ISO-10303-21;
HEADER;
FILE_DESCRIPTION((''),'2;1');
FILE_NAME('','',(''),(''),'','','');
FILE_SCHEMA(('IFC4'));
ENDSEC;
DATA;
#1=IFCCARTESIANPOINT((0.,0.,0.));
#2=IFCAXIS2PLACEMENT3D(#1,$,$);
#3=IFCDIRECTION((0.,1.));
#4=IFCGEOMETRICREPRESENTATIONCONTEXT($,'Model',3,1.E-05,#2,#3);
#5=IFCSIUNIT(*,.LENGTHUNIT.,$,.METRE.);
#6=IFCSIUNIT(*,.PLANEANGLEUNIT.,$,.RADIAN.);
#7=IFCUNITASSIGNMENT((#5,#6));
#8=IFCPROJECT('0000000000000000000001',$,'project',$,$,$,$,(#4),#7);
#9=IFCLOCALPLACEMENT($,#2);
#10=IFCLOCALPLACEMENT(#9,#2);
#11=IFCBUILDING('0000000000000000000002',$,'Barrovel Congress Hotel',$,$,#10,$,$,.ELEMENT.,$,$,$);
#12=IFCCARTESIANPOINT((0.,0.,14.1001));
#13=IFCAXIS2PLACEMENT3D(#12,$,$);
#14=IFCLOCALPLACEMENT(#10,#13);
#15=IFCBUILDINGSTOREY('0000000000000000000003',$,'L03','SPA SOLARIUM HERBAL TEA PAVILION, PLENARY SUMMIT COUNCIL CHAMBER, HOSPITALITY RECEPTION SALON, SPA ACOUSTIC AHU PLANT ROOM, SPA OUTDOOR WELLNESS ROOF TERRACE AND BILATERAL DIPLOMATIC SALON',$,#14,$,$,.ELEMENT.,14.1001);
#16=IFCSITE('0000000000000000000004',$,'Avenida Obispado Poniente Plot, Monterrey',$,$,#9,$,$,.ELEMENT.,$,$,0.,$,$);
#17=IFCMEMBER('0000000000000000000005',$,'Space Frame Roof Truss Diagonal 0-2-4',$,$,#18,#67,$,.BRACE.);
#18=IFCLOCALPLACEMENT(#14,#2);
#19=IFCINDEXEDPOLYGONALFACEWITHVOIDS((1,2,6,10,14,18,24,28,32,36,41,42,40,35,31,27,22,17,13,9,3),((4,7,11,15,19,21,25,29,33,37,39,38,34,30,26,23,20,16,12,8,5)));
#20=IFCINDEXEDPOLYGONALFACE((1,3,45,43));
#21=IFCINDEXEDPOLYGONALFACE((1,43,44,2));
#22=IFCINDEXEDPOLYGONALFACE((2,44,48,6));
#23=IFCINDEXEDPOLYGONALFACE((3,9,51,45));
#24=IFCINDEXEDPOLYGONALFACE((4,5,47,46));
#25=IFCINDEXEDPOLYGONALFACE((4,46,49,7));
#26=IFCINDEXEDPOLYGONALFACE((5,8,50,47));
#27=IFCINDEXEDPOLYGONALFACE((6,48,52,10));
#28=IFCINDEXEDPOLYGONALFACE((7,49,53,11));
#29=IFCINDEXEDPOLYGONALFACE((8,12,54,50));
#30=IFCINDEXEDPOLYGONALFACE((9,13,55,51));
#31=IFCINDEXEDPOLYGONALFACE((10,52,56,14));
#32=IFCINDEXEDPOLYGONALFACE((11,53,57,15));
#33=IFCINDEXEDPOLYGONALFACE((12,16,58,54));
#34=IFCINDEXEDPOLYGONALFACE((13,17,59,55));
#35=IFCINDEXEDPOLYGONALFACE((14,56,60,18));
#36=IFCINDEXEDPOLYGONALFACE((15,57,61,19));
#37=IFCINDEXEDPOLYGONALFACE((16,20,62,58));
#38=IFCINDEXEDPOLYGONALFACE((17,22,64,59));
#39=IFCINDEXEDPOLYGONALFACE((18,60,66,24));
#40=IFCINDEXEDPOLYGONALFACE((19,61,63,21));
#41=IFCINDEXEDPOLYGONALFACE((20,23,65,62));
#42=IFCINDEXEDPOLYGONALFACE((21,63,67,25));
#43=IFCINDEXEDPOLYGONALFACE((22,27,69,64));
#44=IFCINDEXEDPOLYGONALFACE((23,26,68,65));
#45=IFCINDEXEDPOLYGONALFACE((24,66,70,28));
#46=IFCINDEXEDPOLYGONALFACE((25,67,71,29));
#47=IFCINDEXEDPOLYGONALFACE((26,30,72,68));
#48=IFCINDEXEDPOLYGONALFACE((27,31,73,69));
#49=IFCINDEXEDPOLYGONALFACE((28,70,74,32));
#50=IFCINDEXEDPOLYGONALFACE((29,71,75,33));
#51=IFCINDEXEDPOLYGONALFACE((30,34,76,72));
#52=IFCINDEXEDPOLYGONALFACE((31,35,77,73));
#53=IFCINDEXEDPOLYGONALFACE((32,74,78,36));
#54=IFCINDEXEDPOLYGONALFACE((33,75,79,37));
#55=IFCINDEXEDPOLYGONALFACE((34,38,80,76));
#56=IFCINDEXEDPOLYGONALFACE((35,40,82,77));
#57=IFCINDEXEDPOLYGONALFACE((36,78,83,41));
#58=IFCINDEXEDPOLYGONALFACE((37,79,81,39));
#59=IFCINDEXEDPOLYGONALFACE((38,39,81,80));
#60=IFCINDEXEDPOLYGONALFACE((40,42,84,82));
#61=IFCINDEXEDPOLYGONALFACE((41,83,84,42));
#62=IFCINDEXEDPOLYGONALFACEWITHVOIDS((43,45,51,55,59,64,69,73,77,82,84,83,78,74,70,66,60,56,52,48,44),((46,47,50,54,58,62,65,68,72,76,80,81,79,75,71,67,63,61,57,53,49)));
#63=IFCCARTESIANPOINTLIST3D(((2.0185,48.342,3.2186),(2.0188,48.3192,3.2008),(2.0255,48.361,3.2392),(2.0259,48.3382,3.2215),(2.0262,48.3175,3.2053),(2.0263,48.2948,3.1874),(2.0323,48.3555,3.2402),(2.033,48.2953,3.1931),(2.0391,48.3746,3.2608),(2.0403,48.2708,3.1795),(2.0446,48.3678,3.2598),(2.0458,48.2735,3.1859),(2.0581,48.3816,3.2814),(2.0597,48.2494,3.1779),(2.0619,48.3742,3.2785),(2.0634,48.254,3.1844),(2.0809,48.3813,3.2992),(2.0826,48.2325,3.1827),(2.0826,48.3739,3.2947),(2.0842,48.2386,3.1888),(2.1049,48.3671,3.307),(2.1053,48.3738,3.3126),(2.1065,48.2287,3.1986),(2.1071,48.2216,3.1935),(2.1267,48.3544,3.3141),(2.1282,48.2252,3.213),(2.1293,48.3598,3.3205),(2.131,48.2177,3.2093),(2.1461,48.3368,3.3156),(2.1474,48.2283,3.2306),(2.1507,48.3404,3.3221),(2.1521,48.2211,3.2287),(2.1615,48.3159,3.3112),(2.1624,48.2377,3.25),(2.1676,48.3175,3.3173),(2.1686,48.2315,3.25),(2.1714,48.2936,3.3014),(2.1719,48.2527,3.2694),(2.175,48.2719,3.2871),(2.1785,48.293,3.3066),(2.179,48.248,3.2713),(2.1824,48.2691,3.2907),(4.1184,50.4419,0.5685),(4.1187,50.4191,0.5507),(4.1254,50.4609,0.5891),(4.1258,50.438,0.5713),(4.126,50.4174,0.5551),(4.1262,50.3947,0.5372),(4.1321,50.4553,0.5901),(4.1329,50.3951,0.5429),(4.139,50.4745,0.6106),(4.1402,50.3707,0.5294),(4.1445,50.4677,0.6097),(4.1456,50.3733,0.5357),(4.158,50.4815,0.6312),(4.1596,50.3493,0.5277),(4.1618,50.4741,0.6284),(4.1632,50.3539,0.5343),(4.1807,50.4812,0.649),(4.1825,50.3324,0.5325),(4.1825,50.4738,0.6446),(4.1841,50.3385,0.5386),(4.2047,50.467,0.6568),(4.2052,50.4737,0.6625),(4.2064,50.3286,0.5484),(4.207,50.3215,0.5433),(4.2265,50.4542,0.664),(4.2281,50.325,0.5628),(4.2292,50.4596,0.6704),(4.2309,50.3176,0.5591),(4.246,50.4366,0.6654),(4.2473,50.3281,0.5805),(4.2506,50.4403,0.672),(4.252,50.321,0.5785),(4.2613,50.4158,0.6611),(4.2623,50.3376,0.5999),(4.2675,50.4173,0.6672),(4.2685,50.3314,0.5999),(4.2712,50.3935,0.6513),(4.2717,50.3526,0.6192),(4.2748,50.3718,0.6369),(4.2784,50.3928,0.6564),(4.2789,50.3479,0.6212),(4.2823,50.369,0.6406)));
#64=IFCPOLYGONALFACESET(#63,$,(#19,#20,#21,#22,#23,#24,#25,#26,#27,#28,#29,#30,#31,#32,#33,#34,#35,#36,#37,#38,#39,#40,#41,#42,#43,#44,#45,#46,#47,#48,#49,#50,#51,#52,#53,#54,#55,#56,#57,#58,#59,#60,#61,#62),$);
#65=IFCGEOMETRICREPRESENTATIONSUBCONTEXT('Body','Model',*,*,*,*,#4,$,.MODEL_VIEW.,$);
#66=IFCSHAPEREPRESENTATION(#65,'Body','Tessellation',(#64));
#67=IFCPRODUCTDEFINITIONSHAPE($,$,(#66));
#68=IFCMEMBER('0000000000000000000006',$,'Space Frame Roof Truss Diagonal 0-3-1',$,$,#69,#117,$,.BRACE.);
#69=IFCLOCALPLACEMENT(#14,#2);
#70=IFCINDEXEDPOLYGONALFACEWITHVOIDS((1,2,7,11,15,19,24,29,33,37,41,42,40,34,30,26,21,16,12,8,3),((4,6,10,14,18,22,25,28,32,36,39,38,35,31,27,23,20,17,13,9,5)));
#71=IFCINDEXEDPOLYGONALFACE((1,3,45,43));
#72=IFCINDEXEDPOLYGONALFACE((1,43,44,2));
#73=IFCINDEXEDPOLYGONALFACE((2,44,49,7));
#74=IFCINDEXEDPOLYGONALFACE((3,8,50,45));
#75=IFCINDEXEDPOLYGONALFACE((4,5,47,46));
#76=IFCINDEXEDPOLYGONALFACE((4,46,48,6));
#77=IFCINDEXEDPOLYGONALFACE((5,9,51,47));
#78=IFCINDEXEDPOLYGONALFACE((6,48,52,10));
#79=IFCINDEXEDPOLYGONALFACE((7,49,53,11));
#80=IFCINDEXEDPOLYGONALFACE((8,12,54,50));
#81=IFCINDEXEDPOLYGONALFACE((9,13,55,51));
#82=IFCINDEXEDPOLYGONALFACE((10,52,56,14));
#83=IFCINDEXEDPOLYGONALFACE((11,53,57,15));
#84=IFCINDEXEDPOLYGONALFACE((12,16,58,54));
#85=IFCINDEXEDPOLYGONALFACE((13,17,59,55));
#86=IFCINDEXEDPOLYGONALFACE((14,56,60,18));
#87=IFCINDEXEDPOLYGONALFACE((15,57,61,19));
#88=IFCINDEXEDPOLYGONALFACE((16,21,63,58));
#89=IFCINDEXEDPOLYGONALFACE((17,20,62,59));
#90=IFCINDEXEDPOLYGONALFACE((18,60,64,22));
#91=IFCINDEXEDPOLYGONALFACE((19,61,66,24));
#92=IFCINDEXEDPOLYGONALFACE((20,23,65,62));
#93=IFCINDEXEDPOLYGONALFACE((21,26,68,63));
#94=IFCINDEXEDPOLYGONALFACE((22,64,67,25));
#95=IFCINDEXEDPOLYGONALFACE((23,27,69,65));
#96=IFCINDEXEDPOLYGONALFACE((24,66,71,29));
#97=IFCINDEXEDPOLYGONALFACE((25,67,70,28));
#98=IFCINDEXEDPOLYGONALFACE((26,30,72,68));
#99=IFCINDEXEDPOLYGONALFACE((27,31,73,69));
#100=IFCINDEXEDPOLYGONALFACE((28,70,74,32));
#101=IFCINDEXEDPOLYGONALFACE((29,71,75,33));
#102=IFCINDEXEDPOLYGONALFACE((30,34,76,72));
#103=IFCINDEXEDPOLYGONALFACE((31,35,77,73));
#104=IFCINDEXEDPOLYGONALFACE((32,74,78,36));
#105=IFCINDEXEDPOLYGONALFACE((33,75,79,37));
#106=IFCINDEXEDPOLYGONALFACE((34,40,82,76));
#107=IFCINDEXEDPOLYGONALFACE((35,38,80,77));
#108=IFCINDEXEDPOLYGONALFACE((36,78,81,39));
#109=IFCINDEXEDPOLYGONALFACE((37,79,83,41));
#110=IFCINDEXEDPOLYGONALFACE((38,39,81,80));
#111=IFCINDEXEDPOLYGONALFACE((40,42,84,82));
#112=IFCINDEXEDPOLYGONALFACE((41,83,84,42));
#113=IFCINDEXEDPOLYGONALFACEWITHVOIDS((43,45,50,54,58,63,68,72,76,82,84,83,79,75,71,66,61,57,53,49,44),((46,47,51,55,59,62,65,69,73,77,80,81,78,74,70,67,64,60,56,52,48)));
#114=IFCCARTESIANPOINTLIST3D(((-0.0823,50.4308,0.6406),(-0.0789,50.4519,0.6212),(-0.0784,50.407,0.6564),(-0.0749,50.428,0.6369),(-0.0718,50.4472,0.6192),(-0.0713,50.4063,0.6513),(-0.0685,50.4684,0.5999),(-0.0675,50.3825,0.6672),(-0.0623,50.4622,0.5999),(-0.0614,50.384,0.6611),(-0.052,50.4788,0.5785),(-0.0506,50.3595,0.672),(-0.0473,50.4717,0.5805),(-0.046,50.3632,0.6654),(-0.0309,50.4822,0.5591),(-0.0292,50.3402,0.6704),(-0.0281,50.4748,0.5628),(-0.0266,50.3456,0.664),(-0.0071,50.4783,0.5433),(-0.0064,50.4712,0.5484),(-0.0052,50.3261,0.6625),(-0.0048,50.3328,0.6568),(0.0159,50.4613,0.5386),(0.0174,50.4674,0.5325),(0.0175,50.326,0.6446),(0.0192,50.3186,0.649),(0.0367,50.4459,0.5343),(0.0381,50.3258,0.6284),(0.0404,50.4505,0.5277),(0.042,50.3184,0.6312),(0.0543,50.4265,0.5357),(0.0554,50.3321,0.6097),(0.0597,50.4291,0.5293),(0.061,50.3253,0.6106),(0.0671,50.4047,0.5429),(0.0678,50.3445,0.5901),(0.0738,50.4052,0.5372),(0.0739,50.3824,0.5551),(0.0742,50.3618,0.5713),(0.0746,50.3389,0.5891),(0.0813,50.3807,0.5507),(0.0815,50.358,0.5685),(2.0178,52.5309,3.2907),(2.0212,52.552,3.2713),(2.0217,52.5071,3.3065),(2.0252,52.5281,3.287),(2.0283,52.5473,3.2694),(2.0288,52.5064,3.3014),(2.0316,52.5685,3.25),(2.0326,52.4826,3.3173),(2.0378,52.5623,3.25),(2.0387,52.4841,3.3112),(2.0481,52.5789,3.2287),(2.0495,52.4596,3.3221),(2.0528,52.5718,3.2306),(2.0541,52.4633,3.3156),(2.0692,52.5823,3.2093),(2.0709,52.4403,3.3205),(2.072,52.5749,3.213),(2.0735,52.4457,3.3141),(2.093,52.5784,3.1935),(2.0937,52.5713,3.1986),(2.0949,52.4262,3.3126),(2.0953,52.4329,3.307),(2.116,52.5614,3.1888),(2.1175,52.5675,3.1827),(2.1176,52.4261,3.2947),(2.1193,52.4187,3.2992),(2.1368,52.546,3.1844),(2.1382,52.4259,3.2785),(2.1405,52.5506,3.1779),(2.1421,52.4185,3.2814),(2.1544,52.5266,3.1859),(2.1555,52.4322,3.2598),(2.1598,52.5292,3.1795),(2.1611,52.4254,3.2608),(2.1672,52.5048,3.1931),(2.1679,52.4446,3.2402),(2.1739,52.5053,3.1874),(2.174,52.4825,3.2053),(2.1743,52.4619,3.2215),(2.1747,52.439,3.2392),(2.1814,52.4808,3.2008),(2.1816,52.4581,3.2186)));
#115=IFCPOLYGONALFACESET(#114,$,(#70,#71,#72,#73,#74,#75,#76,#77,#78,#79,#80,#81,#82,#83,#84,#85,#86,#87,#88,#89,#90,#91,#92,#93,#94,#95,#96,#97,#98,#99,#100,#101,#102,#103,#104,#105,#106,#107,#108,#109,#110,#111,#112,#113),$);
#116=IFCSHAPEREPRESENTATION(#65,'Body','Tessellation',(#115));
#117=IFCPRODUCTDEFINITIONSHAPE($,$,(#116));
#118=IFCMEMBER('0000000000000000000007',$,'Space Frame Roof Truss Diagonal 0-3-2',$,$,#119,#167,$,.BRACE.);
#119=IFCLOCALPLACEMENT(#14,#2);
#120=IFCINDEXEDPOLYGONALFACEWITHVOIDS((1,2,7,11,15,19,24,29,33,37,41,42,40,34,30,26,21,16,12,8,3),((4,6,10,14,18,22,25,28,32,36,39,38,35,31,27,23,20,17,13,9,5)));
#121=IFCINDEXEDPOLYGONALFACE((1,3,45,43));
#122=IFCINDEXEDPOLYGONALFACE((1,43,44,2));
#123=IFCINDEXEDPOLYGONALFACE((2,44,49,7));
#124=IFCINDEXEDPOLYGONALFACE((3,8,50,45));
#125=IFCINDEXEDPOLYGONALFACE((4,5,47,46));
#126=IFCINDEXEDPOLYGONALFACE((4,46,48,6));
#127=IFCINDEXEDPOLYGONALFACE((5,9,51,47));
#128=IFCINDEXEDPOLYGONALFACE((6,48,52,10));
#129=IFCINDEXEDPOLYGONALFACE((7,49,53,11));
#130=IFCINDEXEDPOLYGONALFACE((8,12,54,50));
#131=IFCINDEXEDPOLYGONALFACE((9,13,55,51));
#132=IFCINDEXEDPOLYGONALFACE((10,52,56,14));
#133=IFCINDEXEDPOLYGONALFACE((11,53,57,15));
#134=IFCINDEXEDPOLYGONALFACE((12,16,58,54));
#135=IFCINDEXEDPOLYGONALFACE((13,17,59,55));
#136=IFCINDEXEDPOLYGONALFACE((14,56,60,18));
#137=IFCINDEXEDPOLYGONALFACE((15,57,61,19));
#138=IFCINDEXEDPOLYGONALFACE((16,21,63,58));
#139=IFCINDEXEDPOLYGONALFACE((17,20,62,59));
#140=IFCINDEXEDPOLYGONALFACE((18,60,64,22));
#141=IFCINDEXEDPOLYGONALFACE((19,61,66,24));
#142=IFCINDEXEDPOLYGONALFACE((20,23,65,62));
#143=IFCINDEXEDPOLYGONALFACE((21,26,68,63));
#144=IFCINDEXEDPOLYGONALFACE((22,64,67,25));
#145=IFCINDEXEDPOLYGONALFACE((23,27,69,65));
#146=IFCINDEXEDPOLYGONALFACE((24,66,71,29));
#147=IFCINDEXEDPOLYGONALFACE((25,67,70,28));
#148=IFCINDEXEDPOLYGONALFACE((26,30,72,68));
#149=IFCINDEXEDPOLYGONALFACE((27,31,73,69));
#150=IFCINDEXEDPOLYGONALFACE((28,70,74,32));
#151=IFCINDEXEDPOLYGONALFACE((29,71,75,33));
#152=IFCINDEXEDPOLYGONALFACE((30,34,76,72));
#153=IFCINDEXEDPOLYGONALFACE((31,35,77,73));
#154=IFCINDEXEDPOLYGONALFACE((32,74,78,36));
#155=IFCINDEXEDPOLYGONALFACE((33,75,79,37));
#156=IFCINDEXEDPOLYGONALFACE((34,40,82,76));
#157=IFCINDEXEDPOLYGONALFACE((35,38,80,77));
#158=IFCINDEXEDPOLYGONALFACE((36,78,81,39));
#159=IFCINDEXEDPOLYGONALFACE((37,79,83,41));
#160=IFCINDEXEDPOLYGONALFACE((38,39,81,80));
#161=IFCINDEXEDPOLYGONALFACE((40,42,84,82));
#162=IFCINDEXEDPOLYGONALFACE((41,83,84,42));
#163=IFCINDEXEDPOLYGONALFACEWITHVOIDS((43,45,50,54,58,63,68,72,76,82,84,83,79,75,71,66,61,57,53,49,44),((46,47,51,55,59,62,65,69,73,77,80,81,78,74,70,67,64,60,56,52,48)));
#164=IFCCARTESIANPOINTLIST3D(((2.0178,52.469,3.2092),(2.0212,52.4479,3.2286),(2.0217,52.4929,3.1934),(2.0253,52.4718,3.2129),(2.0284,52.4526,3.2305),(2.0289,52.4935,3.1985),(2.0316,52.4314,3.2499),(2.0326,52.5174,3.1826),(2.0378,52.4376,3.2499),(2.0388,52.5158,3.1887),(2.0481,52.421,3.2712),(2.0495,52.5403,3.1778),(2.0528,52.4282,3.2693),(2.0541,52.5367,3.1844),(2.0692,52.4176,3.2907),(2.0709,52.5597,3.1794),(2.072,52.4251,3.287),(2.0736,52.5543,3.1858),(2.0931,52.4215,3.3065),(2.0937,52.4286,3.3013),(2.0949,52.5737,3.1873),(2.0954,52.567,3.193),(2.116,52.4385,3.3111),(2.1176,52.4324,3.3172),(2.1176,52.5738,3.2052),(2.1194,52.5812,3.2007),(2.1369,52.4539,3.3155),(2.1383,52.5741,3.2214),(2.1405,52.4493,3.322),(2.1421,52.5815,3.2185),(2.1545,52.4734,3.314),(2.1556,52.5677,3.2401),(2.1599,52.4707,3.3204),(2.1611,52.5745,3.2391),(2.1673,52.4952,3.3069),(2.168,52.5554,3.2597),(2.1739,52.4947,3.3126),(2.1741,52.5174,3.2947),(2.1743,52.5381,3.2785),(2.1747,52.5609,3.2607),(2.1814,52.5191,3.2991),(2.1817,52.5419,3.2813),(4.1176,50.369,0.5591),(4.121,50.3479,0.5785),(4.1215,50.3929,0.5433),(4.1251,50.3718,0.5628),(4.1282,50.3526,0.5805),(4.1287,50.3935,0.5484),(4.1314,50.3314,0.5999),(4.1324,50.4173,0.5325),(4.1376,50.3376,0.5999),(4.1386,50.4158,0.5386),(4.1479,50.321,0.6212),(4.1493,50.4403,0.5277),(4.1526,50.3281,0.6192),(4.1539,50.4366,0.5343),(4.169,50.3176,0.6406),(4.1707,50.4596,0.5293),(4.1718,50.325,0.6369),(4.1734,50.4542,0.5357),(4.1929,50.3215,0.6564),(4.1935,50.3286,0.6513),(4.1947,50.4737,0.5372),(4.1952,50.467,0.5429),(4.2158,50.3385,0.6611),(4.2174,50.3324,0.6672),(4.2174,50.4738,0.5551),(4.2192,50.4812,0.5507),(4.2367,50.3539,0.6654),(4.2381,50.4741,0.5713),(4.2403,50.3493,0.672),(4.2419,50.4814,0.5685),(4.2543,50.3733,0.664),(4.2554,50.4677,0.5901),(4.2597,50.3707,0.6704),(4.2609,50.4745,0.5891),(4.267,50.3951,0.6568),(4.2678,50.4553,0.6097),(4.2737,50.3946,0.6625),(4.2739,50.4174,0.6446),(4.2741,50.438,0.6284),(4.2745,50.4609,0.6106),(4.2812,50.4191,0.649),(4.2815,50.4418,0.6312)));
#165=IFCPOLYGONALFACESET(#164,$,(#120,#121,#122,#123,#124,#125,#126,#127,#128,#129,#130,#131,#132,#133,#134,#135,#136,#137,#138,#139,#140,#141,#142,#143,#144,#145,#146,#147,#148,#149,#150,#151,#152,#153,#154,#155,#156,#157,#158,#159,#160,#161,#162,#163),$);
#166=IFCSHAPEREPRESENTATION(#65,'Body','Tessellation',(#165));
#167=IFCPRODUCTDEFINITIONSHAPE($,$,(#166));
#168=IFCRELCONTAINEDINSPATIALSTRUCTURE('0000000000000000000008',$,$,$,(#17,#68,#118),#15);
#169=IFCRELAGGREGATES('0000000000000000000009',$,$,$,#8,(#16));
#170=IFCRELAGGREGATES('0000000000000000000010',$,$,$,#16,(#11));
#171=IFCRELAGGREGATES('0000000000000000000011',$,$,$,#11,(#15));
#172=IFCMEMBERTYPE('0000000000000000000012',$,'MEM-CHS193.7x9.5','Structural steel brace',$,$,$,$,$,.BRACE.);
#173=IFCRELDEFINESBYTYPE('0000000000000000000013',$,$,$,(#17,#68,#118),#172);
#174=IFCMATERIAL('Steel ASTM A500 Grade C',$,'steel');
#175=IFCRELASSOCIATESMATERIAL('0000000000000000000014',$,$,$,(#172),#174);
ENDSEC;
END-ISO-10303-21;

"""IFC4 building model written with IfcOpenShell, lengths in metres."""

from ifc_helpers import new_model, si_unit, direction, frame, origin, origin_2d, place, context, subcontext, project, spatial, hollow_circle, extrude, material, material_profile, profile_set, type_object, element, save


model = new_model("IFC4")

# Units and contexts
model_context = context("Model", 3, precision=1e-05, world=origin(), true_north=direction((0.0, 1.0)))
body_context = subcontext(model_context, "Body", "Model", "MODEL_VIEW")
ifc_project = project(units=[si_unit("LENGTHUNIT", "METRE"), si_unit("PLANEANGLEUNIT", "RADIAN")], contexts=[model_context])

# Site, building, storey
site_placement = place(None, origin())
site = spatial("IfcSite", under=ifc_project, at=site_placement, Name="Avenida Obispado Poniente Plot, Monterrey", CompositionType="ELEMENT", RefElevation=0.0)
building_placement = place(site_placement, origin())
building = spatial("IfcBuilding", under=site, at=building_placement, Name="Barrovel Congress Hotel", CompositionType="ELEMENT")
storey_placement = place(building_placement, frame((0.0, 0.0, 14.1001)))
storey = spatial("IfcBuildingStorey", under=building, at=storey_placement, Name="L03", Description="SPA SOLARIUM HERBAL TEA PAVILION, PLENARY SUMMIT COUNCIL CHAMBER, HOSPITALITY RECEPTION SALON, SPA ACOUSTIC AHU PLANT ROOM, SPA OUTDOOR WELLNESS ROOF TERRACE AND BILATERAL DIPLOMATIC SALON", CompositionType="ELEMENT", Elevation=14.1001)

# Members
ifc_material_1 = material(Name="Steel ASTM A500 Grade C", Category="steel")
ifc_material_profile_1 = material_profile(ifc_material_1, hollow_circle(Radius=0.0969, WallThickness=0.0088, at=origin_2d()), Name="CHS193.7x9.5")
ifc_profile_set_1 = profile_set([ifc_material_profile_1], Name="Steel ASTM A500 Grade C")
member_type_1 = type_object("IfcMemberType", Name="MEM-CHS193.7x9.5", Description="Structural steel brace", PredefinedType="BRACE", material=ifc_profile_set_1)
for number, where, z_axis, x_axis, name in (
    (1, (4.2, 50.3999, 0.5999), (-0.527574, -0.527574, 0.665831), (0.707107, -0.707107, 0.0), "Space Frame Roof Truss Diagonal 0-2-4"),
):
    element("IfcMember", number, at=place(storey_placement, frame(where, z_axis=z_axis, x_axis=x_axis)), inside=storey, type_object=member_type_1, Name=name, PredefinedType="BRACE", context=body_context, shape_type="SweptSolid", body=[
        extrude(hollow_circle(Radius=0.0969, WallThickness=0.0088, at=origin_2d()), origin(), (0.0, 0.0, 1.0), 3.9802),
    ])
member_1_placement = place(storey_placement, frame((0.0, 50.3999, 0.5999), z_axis=(0.527601, 0.527601, 0.665788), x_axis=(-0.707107, 0.707107, 0.0)))
element("IfcMember", 2, at=member_1_placement, inside=storey, type_object=member_type_1, Name="Space Frame Roof Truss Diagonal 0-3-1", PredefinedType="BRACE", context=body_context, shape_type="SweptSolid", body=[
    extrude(hollow_circle(Radius=0.0969, WallThickness=0.0088, at=origin_2d()), origin(), (0.0, 0.0, 1.0), 3.9805),
])
member_2_placement = place(storey_placement, frame((4.2, 50.3999, 0.5999), z_axis=(-0.527557, 0.527618, 0.66581), x_axis=(-0.707148, -0.707066, 0.0)))
element("IfcMember", 3, at=member_2_placement, inside=storey, type_object=member_type_1, Name="Space Frame Roof Truss Diagonal 0-3-2", PredefinedType="BRACE", context=body_context, shape_type="SweptSolid", body=[
    extrude(hollow_circle(Radius=0.0969, WallThickness=0.0088, at=origin_2d()), origin(), (0.0, 0.0, 1.0), 3.9802),
])

save(model, "model.ifc")
